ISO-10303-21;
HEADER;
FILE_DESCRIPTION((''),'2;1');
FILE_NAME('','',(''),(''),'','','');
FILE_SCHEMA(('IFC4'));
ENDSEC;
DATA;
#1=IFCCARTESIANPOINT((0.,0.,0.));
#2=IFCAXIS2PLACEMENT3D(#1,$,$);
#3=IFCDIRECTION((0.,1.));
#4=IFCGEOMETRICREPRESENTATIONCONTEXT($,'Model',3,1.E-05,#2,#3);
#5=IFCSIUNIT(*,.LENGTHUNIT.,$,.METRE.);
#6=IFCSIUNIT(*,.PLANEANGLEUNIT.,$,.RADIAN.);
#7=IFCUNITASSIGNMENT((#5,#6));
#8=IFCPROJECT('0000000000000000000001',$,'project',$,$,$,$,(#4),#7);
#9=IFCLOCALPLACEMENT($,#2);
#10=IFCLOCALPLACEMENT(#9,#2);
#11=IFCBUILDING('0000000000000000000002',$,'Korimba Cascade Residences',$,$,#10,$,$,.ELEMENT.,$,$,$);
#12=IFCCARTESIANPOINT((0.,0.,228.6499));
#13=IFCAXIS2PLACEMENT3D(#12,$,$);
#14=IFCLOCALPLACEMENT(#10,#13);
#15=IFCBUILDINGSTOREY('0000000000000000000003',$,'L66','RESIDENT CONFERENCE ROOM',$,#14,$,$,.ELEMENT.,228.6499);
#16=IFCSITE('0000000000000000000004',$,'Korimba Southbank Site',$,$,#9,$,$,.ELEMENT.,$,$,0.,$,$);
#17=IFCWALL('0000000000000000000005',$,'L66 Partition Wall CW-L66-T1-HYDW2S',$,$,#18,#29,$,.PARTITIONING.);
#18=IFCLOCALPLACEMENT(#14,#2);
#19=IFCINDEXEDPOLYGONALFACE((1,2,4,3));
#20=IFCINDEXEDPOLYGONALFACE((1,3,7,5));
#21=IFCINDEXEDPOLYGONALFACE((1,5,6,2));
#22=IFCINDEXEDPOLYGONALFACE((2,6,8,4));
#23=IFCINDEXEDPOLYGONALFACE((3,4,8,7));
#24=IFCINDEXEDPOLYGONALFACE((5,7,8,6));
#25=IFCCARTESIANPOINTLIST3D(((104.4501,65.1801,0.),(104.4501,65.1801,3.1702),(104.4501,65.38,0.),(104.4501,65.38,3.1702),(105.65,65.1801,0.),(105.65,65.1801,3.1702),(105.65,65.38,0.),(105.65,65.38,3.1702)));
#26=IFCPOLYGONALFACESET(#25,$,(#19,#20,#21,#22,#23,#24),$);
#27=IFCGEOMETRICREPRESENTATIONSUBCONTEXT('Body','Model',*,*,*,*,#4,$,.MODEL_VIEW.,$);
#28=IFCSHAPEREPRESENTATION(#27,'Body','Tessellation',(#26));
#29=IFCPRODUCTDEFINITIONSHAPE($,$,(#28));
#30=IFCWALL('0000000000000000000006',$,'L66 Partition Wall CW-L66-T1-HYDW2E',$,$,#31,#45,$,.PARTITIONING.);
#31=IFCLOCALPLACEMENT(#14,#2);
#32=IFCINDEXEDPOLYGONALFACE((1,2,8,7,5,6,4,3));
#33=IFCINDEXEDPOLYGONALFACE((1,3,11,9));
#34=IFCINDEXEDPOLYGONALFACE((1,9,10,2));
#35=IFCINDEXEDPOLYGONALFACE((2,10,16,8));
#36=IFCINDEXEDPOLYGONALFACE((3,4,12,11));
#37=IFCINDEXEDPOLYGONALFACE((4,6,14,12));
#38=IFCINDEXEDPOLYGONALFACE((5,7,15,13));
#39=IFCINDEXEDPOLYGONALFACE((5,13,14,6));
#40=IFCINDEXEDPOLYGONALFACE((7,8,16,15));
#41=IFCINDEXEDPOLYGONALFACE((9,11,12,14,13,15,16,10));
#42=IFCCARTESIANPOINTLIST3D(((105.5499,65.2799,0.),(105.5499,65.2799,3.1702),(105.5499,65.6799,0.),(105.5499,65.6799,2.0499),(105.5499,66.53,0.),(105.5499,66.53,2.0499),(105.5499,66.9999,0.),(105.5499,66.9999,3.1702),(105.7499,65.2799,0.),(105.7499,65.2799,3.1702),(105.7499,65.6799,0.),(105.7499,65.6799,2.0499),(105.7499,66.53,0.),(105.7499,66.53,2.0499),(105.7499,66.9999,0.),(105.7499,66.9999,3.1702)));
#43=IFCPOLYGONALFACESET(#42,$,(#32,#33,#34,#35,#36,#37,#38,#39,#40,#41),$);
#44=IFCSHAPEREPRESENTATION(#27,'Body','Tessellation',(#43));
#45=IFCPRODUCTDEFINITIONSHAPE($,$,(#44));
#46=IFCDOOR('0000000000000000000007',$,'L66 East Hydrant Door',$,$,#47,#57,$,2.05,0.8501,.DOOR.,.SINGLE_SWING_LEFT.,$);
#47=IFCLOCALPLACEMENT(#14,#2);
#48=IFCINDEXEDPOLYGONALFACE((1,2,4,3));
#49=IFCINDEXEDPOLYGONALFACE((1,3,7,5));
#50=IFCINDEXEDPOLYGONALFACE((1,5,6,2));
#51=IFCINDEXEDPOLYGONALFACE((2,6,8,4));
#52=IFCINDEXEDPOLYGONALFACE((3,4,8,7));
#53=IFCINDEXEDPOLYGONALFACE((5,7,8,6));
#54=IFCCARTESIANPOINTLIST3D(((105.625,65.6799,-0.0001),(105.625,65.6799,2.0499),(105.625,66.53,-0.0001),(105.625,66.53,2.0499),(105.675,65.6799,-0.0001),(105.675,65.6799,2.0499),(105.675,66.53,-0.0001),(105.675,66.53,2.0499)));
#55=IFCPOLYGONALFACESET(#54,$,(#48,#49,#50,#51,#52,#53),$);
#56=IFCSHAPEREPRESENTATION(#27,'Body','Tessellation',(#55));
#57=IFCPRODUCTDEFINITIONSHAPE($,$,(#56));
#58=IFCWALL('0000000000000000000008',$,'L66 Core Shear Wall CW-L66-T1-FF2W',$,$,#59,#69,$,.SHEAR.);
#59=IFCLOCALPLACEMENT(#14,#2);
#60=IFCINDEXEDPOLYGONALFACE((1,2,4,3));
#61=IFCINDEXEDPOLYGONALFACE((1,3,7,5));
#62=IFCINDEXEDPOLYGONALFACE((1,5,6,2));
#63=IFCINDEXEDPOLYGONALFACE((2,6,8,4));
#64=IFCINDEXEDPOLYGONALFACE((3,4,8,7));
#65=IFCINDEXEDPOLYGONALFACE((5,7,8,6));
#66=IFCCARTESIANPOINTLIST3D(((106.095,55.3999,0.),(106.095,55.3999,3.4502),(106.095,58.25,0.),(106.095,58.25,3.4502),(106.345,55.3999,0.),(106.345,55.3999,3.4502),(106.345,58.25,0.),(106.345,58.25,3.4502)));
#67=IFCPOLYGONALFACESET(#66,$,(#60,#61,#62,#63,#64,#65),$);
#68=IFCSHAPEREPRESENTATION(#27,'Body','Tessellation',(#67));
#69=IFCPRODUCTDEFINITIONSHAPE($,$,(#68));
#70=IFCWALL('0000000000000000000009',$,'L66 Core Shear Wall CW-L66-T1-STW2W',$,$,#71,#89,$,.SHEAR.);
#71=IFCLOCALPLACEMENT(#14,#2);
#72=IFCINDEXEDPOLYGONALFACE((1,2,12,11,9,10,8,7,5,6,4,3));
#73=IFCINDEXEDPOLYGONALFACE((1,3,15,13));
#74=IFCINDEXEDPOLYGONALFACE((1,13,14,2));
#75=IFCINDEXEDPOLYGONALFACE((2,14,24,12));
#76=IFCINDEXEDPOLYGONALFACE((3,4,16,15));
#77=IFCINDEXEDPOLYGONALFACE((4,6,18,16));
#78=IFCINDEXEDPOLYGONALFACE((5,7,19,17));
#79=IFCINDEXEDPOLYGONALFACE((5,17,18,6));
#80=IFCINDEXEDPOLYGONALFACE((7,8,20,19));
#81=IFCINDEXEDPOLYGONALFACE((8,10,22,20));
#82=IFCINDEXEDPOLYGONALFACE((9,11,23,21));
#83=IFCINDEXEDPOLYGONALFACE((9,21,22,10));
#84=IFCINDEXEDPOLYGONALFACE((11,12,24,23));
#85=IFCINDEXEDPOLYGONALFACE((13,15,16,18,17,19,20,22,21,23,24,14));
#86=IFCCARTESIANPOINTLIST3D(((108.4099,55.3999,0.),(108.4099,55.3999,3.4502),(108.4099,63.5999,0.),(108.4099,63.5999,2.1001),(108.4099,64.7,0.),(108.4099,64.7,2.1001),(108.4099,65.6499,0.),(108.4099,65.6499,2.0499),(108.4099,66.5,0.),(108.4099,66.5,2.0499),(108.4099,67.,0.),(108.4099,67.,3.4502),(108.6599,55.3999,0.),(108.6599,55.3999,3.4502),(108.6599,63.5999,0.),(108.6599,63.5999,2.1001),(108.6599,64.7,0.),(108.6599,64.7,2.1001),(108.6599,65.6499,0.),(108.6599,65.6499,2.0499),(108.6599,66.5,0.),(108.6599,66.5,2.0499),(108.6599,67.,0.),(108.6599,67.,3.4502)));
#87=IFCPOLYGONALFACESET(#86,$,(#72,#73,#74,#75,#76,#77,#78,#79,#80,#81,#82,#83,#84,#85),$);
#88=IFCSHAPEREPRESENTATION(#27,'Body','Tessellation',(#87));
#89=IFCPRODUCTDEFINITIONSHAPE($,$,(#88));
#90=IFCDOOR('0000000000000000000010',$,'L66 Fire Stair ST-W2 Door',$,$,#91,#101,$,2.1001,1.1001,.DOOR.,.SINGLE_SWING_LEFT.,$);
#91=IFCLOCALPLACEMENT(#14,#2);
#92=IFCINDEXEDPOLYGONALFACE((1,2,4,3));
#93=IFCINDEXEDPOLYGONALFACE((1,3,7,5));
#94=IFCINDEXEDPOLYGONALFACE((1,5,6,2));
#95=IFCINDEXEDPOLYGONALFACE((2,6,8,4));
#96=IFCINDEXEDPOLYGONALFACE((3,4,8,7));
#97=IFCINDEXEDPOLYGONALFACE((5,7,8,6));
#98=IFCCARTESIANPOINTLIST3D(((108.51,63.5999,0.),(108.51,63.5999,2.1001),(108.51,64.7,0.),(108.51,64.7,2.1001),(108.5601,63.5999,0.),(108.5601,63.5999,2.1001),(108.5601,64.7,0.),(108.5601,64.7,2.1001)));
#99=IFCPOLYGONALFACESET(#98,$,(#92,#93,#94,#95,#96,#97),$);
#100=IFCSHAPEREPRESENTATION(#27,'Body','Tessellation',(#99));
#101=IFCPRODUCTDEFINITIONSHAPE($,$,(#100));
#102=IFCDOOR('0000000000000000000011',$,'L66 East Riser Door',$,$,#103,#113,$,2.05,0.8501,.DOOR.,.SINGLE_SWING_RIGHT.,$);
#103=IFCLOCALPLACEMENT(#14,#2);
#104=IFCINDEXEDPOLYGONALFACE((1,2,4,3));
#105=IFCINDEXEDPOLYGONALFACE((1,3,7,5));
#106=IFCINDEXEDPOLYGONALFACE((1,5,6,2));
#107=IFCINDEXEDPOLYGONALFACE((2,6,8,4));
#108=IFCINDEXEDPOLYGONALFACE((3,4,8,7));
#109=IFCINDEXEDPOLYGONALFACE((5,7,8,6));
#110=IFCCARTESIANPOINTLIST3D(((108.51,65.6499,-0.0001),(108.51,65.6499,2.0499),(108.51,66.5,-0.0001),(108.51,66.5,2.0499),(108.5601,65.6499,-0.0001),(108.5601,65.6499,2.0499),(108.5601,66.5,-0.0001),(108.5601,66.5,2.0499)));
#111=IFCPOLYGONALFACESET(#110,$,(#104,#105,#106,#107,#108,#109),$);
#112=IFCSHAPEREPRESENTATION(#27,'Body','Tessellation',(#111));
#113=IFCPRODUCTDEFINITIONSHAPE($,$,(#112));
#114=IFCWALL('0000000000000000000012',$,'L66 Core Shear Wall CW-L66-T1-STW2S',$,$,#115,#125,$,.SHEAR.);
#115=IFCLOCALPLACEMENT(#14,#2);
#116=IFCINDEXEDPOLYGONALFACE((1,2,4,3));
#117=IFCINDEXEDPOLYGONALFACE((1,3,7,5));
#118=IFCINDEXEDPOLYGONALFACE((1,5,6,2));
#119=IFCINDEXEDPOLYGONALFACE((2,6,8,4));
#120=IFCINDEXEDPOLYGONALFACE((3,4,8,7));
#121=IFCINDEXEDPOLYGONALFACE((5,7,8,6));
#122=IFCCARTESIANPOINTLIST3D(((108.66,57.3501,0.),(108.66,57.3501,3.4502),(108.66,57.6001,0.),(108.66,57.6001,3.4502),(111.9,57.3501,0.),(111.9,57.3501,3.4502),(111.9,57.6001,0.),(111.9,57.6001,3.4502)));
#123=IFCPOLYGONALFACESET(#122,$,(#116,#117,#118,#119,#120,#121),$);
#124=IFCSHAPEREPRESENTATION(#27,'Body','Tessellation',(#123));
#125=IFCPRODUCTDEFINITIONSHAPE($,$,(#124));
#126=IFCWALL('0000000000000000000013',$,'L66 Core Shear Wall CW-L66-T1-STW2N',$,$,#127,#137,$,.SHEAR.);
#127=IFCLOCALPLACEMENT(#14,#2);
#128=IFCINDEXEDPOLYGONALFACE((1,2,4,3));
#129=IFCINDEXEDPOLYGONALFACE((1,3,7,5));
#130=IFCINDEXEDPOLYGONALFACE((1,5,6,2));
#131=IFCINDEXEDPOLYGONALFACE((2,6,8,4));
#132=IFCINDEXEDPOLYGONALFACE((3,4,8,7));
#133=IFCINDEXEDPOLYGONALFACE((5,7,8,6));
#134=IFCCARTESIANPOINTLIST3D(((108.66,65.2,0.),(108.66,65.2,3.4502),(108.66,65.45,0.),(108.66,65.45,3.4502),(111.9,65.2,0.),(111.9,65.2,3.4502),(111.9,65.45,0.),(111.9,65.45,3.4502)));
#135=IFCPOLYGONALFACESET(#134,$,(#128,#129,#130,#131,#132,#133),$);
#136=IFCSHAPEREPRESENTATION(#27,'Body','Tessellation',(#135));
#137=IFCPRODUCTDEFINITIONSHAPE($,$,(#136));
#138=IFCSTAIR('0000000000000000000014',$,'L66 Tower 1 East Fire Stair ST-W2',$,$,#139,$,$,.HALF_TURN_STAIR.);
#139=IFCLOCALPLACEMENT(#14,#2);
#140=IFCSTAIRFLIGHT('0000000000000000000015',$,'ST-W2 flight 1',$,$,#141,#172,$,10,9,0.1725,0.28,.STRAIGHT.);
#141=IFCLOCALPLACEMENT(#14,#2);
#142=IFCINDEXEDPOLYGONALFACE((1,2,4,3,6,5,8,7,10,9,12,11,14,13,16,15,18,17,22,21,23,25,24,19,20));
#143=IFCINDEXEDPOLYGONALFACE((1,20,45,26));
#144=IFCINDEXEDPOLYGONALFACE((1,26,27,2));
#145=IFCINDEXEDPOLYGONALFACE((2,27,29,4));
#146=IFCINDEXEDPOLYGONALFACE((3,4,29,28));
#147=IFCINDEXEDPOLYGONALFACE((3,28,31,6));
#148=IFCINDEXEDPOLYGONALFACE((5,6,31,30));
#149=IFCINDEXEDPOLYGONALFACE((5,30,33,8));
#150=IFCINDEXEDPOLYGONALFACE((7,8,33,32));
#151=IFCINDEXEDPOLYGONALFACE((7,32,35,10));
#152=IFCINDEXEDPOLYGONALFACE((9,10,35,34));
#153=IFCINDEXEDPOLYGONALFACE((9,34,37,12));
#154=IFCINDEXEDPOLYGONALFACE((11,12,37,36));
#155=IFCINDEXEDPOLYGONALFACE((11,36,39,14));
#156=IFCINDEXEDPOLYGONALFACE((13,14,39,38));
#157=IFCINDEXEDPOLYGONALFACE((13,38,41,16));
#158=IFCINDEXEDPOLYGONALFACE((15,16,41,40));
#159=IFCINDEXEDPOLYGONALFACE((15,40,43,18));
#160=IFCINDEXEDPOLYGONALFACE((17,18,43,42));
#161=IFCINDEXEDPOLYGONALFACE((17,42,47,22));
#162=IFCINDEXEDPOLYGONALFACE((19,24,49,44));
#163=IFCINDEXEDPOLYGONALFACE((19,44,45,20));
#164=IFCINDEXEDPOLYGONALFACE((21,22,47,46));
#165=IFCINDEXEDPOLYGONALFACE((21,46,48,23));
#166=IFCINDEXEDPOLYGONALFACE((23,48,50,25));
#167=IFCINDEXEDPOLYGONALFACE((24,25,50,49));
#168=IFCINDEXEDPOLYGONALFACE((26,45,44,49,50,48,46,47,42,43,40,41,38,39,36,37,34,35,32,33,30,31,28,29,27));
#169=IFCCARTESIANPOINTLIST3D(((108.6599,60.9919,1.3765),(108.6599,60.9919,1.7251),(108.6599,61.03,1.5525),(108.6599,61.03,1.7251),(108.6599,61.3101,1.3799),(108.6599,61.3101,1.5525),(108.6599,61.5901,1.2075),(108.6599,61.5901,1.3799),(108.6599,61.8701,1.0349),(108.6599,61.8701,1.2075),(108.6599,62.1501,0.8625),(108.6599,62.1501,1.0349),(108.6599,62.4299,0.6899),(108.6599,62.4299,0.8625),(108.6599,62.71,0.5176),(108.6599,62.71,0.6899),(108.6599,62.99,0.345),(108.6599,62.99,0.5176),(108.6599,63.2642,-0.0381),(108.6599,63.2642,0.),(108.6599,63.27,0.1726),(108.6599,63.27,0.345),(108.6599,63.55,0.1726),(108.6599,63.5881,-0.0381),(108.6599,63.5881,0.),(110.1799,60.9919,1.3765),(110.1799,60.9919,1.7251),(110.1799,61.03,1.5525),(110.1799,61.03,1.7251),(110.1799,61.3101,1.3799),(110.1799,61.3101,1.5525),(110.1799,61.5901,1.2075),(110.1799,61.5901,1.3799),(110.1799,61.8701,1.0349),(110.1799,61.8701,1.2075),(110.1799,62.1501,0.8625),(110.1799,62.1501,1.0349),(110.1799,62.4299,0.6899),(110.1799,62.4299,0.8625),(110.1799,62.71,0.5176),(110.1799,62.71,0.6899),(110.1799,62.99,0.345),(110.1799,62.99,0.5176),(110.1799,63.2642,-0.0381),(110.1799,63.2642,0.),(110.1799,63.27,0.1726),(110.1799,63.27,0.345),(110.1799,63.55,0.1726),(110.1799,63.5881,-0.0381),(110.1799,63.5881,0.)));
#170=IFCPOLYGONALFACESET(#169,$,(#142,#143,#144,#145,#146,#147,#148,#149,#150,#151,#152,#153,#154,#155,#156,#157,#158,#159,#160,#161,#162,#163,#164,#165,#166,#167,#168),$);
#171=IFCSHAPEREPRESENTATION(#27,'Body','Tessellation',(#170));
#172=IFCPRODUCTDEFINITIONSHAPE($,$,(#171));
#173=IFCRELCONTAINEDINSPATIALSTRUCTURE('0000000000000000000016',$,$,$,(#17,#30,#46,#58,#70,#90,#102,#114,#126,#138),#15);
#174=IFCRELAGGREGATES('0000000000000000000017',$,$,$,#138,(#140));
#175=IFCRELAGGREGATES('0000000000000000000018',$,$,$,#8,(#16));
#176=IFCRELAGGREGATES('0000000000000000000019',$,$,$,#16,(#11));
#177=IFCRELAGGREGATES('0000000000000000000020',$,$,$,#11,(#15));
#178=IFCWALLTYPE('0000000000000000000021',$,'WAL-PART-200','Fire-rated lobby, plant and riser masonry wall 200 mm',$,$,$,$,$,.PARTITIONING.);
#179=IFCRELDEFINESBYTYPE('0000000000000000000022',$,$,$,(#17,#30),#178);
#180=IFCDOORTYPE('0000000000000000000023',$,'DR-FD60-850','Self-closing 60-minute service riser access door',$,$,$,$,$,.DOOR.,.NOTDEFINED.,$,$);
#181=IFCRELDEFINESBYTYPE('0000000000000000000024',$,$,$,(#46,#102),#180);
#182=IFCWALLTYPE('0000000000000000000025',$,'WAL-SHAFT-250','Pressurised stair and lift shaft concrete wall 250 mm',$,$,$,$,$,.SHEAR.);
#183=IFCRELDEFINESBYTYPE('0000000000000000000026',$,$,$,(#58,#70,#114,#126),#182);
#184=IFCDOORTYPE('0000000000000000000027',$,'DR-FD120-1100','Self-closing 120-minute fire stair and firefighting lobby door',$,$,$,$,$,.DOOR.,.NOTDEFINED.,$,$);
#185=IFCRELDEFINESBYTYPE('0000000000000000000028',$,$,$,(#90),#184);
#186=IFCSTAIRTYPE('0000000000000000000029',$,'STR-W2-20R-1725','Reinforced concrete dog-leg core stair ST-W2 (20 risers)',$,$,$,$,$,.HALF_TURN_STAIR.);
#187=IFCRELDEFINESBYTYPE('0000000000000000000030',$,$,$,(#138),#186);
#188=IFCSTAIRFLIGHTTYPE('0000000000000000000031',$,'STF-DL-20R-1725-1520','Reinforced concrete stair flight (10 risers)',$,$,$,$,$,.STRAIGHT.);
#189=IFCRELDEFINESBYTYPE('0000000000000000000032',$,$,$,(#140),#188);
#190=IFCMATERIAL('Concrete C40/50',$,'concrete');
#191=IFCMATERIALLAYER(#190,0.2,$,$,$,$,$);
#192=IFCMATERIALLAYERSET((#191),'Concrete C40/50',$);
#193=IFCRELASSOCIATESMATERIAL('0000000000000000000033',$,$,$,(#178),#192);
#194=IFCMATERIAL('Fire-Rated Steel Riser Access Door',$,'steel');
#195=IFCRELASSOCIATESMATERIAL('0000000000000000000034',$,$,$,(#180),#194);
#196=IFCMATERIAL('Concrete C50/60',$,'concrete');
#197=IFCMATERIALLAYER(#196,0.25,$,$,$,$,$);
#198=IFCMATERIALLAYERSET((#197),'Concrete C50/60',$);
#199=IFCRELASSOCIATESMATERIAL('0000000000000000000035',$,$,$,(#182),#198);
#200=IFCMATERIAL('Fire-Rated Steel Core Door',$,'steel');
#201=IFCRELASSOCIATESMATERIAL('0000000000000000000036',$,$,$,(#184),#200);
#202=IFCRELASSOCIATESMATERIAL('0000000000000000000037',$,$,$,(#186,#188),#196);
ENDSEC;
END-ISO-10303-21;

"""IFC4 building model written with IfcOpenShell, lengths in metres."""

from ifc_helpers import new_model, si_unit, direction, frame, frame_2d, origin, place, context, subcontext, project, spatial, polyline, rectangle, outline, extrude, material, layer, layer_set, type_object, element, fill, aggregate, save


model = new_model("IFC4")

# Units and contexts
model_context = context("Model", 3, precision=1e-05, world=origin(), true_north=direction((0.0, 1.0)))
body_context = subcontext(model_context, "Body", "Model", "MODEL_VIEW")
ifc_project = project(units=[si_unit("LENGTHUNIT", "METRE"), si_unit("PLANEANGLEUNIT", "RADIAN")], contexts=[model_context])

# Site, building, storey
site_placement = place(None, origin())
site = spatial("IfcSite", under=ifc_project, at=site_placement, Name="Korimba Southbank Site", CompositionType="ELEMENT", RefElevation=0.0)
building_placement = place(site_placement, origin())
building = spatial("IfcBuilding", under=site, at=building_placement, Name="Korimba Cascade Residences", CompositionType="ELEMENT")
storey_placement = place(building_placement, frame((0.0, 0.0, 228.6499)))
storey = spatial("IfcBuildingStorey", under=building, at=storey_placement, Name="L66", Description="RESIDENT CONFERENCE ROOM", CompositionType="ELEMENT", Elevation=228.6499)

# Wall
ifc_material_1 = material(Name="Concrete C40/50", Category="concrete")
ifc_layer_1 = layer(ifc_material_1, 0.2)
ifc_layer_set_1 = layer_set([ifc_layer_1], Name="Concrete C40/50")
wall_type_1 = type_object("IfcWallType", Name="WAL-PART-200", Description="Fire-rated lobby, plant and riser masonry wall 200 mm", PredefinedType="PARTITIONING", material=ifc_layer_set_1)
wall_1_placement = place(storey_placement, frame((104.45, 65.28, 0.0), z_axis=(0.0, 0.0, 1.0), x_axis=(1.0, 0.0, 0.0)))
element("IfcWall", 1, at=wall_1_placement, inside=storey, type_object=wall_type_1, Name="L66 Partition Wall CW-L66-T1-HYDW2S", PredefinedType="PARTITIONING", context=body_context, shape_type="SweptSolid", body=[
    extrude(rectangle(XDim=1.2, YDim=0.2, at=frame_2d((0.6001, 0.0))), origin(), (0.0, 0.0, 1.0), 3.1702),
])

# Wall, opening, door
wall_2_placement = place(storey_placement, frame((105.6499, 65.28, 0.0), z_axis=(0.0, 0.0, 1.0), x_axis=(0.0, 1.0, 0.0)))
wall_2 = element("IfcWall", 2, at=wall_2_placement, inside=storey, type_object=wall_type_1, Name="L66 Partition Wall CW-L66-T1-HYDW2E", PredefinedType="PARTITIONING", context=body_context, shape_type="SweptSolid", body=[
    extrude(rectangle(XDim=1.72, YDim=0.2, at=frame_2d((0.8599, 0.0))), origin(), (0.0, 0.0, 1.0), 3.1702),
])
opening_1_placement = place(wall_2_placement, frame((0.3999, 0.0, 0.0)))
opening_1 = element("IfcOpeningElement", 3, at=opening_1_placement, cuts=wall_2, PredefinedType="OPENING", context=body_context, shape_type="SweptSolid", body=[
    extrude(rectangle(XDim=0.8501, YDim=2.05, at=frame_2d((0.425, 1.0249))), frame((0.0, 0.1099, 0.0), z_axis=(0.0, -1.0, 0.0), x_axis=(1.0, 0.0, 0.0)), (0.0, 0.0, 1.0), 0.22),
])
ifc_material_2 = material(Name="Fire-Rated Steel Riser Access Door", Category="steel")
door_type_1 = type_object("IfcDoorType", Name="DR-FD60-850", Description="Self-closing 60-minute service riser access door", OperationType="NOTDEFINED", PredefinedType="DOOR", material=ifc_material_2)
door_1_placement = place(opening_1_placement, origin())
door_1 = element("IfcDoor", 4, at=door_1_placement, inside=storey, type_object=door_type_1, Name="L66 East Hydrant Door", OperationType="SINGLE_SWING_LEFT", OverallHeight=2.05, OverallWidth=0.8501, PredefinedType="DOOR", context=body_context, shape_type="SweptSolid", body=[
    extrude(rectangle(XDim=0.8501, YDim=2.05, at=frame_2d((0.425, 1.0249))), frame((0.0, 0.0249, 0.0), z_axis=(0.0, -1.0, 0.0), x_axis=(1.0, 0.0, 0.0)), (0.0, 0.0, 1.0), 0.05),
])
fill(opening_1, door_1)

# Wall
ifc_material_3 = material(Name="Concrete C50/60", Category="concrete")
ifc_layer_2 = layer(ifc_material_3, 0.25)
ifc_layer_set_2 = layer_set([ifc_layer_2], Name="Concrete C50/60")
wall_type_2 = type_object("IfcWallType", Name="WAL-SHAFT-250", Description="Pressurised stair and lift shaft concrete wall 250 mm", PredefinedType="SHEAR", material=ifc_layer_set_2)
wall_3_placement = place(storey_placement, frame((106.22, 55.3999, 0.0), z_axis=(0.0, 0.0, 1.0), x_axis=(0.0, 1.0, 0.0)))
element("IfcWall", 5, at=wall_3_placement, inside=storey, type_object=wall_type_2, Name="L66 Core Shear Wall CW-L66-T1-FF2W", PredefinedType="SHEAR", context=body_context, shape_type="SweptSolid", body=[
    extrude(rectangle(XDim=2.8501, YDim=0.25, at=frame_2d((1.425, 0.0))), origin(), (0.0, 0.0, 1.0), 3.4502),
])

# Wall, openings, doors
wall_4_placement = place(storey_placement, frame((108.5349, 55.3999, 0.0), z_axis=(0.0, 0.0, 1.0), x_axis=(0.0, 1.0, 0.0)))
wall_4 = element("IfcWall", 6, at=wall_4_placement, inside=storey, type_object=wall_type_2, Name="L66 Core Shear Wall CW-L66-T1-STW2W", PredefinedType="SHEAR", context=body_context, shape_type="SweptSolid", body=[
    extrude(rectangle(XDim=11.6001, YDim=0.25, at=frame_2d((5.8, 0.0))), origin(), (0.0, 0.0, 1.0), 3.4502),
])
opening_2_placement = place(wall_4_placement, frame((8.2, 0.0, 0.0)))
opening_2 = element("IfcOpeningElement", 7, at=opening_2_placement, cuts=wall_4, PredefinedType="OPENING", context=body_context, shape_type="SweptSolid", body=[
    extrude(rectangle(XDim=1.1001, YDim=2.1001, at=frame_2d((0.55, 1.05))), frame((0.0, 0.135, 0.0), z_axis=(0.0, -1.0, 0.0), x_axis=(1.0, 0.0, 0.0)), (0.0, 0.0, 1.0), 0.27),
])
opening_3_placement = place(wall_4_placement, frame((10.25, 0.0, 0.0)))
opening_3 = element("IfcOpeningElement", 8, at=opening_3_placement, cuts=wall_4, PredefinedType="OPENING", context=body_context, shape_type="SweptSolid", body=[
    extrude(rectangle(XDim=0.8501, YDim=2.05, at=frame_2d((0.425, 1.0249))), frame((0.0, 0.135, 0.0), z_axis=(0.0, -1.0, 0.0), x_axis=(1.0, 0.0, 0.0)), (0.0, 0.0, 1.0), 0.27),
])
ifc_material_4 = material(Name="Fire-Rated Steel Core Door", Category="steel")
door_type_2 = type_object("IfcDoorType", Name="DR-FD120-1100", Description="Self-closing 120-minute fire stair and firefighting lobby door", OperationType="NOTDEFINED", PredefinedType="DOOR", material=ifc_material_4)
door_2_placement = place(opening_2_placement, origin())
door_2 = element("IfcDoor", 9, at=door_2_placement, inside=storey, type_object=door_type_2, Name="L66 Fire Stair ST-W2 Door", OperationType="SINGLE_SWING_LEFT", OverallHeight=2.1001, OverallWidth=1.1001, PredefinedType="DOOR", context=body_context, shape_type="SweptSolid", body=[
    extrude(rectangle(XDim=1.1001, YDim=2.1001, at=frame_2d((0.55, 1.05))), frame((0.0, 0.0249, 0.0), z_axis=(0.0, -1.0, 0.0), x_axis=(1.0, 0.0, 0.0)), (0.0, 0.0, 1.0), 0.05),
])
fill(opening_2, door_2)
door_3_placement = place(opening_3_placement, origin())
door_3 = element("IfcDoor", 10, at=door_3_placement, inside=storey, type_object=door_type_1, Name="L66 East Riser Door", OperationType="SINGLE_SWING_RIGHT", OverallHeight=2.05, OverallWidth=0.8501, PredefinedType="DOOR", context=body_context, shape_type="SweptSolid", body=[
    extrude(rectangle(XDim=0.8501, YDim=2.05, at=frame_2d((0.425, 1.0249))), frame((0.0, 0.0249, 0.0), z_axis=(0.0, -1.0, 0.0), x_axis=(1.0, 0.0, 0.0)), (0.0, 0.0, 1.0), 0.05),
])
fill(opening_3, door_3)

# Walls
for number, where, z_axis, x_axis, name in (
    (11, (108.6599, 57.4751, 0.0), (0.0, 0.0, 1.0), (1.0, 0.0, 0.0), "L66 Core Shear Wall CW-L66-T1-STW2S"),
    (12, (108.6599, 65.325, 0.0), (0.0, 0.0, 1.0), (1.0, 0.0, 0.0), "L66 Core Shear Wall CW-L66-T1-STW2N"),
):
    element("IfcWall", number, at=place(storey_placement, frame(where, z_axis=z_axis, x_axis=x_axis)), inside=storey, type_object=wall_type_2, Name=name, PredefinedType="SHEAR", context=body_context, shape_type="SweptSolid", body=[
        extrude(rectangle(XDim=3.24, YDim=0.25, at=frame_2d((1.6201, 0.0))), origin(), (0.0, 0.0, 1.0), 3.4502),
    ])

# Stair, stair flight
stair_type = type_object("IfcStairType", Name="STR-W2-20R-1725", Description="Reinforced concrete dog-leg core stair ST-W2 (20 risers)", PredefinedType="HALF_TURN_STAIR", material=ifc_material_3)
stair_placement = place(storey_placement, origin())
stair = element("IfcStair", 13, at=stair_placement, inside=storey, type_object=stair_type, Name="L66 Tower 1 East Fire Stair ST-W2", PredefinedType="HALF_TURN_STAIR")
stair_flight_type = type_object("IfcStairFlightType", Name="STF-DL-20R-1725-1520", Description="Reinforced concrete stair flight (10 risers)", PredefinedType="STRAIGHT", material=ifc_material_3)
stair_flight_1_placement = place(storey_placement, frame((109.4199, 63.55, 0.0), z_axis=(0.0, 0.0, 1.0), x_axis=(0.0, -1.0, 0.0)))
stair_flight_1 = element("IfcStairFlight", 14, at=stair_flight_1_placement, type_object=stair_flight_type, Name="ST-W2 flight 1", NumberOfRisers=10, NumberOfTreads=9, PredefinedType="STRAIGHT", RiserHeight=0.1725, TreadLength=0.28, context=body_context, shape_type="SweptSolid", body=[
    extrude(outline(polyline([(-0.0381, 0.0), (0.0, 0.1726), (0.28, 0.1726), (0.28, 0.345), (0.5601, 0.345), (0.5601, 0.5176), (0.8401, 0.5176), (0.8401, 0.6899), (1.1201, 0.6899), (1.1201, 0.8625), (1.3999, 0.8625), (1.3999, 1.0349), (1.6799, 1.0349), (1.6799, 1.2075), (1.96, 1.2075), (1.96, 1.3799), (2.24, 1.3799), (2.24, 1.5525), (2.52, 1.5525), (2.52, 1.7251), (2.5581, 1.7251), (2.5581, 1.3765), (0.2859, 0.0), (0.2859, -0.0381), (-0.0381, -0.0381), (-0.0381, 0.0)])), frame((0.0, 0.76, 0.0), z_axis=(0.0, -1.0, 0.0), x_axis=(1.0, 0.0, 0.0)), (0.0, 0.0, 1.0), 1.52),
])
aggregate(stair, [stair_flight_1])

save(model, "model.ifc")
